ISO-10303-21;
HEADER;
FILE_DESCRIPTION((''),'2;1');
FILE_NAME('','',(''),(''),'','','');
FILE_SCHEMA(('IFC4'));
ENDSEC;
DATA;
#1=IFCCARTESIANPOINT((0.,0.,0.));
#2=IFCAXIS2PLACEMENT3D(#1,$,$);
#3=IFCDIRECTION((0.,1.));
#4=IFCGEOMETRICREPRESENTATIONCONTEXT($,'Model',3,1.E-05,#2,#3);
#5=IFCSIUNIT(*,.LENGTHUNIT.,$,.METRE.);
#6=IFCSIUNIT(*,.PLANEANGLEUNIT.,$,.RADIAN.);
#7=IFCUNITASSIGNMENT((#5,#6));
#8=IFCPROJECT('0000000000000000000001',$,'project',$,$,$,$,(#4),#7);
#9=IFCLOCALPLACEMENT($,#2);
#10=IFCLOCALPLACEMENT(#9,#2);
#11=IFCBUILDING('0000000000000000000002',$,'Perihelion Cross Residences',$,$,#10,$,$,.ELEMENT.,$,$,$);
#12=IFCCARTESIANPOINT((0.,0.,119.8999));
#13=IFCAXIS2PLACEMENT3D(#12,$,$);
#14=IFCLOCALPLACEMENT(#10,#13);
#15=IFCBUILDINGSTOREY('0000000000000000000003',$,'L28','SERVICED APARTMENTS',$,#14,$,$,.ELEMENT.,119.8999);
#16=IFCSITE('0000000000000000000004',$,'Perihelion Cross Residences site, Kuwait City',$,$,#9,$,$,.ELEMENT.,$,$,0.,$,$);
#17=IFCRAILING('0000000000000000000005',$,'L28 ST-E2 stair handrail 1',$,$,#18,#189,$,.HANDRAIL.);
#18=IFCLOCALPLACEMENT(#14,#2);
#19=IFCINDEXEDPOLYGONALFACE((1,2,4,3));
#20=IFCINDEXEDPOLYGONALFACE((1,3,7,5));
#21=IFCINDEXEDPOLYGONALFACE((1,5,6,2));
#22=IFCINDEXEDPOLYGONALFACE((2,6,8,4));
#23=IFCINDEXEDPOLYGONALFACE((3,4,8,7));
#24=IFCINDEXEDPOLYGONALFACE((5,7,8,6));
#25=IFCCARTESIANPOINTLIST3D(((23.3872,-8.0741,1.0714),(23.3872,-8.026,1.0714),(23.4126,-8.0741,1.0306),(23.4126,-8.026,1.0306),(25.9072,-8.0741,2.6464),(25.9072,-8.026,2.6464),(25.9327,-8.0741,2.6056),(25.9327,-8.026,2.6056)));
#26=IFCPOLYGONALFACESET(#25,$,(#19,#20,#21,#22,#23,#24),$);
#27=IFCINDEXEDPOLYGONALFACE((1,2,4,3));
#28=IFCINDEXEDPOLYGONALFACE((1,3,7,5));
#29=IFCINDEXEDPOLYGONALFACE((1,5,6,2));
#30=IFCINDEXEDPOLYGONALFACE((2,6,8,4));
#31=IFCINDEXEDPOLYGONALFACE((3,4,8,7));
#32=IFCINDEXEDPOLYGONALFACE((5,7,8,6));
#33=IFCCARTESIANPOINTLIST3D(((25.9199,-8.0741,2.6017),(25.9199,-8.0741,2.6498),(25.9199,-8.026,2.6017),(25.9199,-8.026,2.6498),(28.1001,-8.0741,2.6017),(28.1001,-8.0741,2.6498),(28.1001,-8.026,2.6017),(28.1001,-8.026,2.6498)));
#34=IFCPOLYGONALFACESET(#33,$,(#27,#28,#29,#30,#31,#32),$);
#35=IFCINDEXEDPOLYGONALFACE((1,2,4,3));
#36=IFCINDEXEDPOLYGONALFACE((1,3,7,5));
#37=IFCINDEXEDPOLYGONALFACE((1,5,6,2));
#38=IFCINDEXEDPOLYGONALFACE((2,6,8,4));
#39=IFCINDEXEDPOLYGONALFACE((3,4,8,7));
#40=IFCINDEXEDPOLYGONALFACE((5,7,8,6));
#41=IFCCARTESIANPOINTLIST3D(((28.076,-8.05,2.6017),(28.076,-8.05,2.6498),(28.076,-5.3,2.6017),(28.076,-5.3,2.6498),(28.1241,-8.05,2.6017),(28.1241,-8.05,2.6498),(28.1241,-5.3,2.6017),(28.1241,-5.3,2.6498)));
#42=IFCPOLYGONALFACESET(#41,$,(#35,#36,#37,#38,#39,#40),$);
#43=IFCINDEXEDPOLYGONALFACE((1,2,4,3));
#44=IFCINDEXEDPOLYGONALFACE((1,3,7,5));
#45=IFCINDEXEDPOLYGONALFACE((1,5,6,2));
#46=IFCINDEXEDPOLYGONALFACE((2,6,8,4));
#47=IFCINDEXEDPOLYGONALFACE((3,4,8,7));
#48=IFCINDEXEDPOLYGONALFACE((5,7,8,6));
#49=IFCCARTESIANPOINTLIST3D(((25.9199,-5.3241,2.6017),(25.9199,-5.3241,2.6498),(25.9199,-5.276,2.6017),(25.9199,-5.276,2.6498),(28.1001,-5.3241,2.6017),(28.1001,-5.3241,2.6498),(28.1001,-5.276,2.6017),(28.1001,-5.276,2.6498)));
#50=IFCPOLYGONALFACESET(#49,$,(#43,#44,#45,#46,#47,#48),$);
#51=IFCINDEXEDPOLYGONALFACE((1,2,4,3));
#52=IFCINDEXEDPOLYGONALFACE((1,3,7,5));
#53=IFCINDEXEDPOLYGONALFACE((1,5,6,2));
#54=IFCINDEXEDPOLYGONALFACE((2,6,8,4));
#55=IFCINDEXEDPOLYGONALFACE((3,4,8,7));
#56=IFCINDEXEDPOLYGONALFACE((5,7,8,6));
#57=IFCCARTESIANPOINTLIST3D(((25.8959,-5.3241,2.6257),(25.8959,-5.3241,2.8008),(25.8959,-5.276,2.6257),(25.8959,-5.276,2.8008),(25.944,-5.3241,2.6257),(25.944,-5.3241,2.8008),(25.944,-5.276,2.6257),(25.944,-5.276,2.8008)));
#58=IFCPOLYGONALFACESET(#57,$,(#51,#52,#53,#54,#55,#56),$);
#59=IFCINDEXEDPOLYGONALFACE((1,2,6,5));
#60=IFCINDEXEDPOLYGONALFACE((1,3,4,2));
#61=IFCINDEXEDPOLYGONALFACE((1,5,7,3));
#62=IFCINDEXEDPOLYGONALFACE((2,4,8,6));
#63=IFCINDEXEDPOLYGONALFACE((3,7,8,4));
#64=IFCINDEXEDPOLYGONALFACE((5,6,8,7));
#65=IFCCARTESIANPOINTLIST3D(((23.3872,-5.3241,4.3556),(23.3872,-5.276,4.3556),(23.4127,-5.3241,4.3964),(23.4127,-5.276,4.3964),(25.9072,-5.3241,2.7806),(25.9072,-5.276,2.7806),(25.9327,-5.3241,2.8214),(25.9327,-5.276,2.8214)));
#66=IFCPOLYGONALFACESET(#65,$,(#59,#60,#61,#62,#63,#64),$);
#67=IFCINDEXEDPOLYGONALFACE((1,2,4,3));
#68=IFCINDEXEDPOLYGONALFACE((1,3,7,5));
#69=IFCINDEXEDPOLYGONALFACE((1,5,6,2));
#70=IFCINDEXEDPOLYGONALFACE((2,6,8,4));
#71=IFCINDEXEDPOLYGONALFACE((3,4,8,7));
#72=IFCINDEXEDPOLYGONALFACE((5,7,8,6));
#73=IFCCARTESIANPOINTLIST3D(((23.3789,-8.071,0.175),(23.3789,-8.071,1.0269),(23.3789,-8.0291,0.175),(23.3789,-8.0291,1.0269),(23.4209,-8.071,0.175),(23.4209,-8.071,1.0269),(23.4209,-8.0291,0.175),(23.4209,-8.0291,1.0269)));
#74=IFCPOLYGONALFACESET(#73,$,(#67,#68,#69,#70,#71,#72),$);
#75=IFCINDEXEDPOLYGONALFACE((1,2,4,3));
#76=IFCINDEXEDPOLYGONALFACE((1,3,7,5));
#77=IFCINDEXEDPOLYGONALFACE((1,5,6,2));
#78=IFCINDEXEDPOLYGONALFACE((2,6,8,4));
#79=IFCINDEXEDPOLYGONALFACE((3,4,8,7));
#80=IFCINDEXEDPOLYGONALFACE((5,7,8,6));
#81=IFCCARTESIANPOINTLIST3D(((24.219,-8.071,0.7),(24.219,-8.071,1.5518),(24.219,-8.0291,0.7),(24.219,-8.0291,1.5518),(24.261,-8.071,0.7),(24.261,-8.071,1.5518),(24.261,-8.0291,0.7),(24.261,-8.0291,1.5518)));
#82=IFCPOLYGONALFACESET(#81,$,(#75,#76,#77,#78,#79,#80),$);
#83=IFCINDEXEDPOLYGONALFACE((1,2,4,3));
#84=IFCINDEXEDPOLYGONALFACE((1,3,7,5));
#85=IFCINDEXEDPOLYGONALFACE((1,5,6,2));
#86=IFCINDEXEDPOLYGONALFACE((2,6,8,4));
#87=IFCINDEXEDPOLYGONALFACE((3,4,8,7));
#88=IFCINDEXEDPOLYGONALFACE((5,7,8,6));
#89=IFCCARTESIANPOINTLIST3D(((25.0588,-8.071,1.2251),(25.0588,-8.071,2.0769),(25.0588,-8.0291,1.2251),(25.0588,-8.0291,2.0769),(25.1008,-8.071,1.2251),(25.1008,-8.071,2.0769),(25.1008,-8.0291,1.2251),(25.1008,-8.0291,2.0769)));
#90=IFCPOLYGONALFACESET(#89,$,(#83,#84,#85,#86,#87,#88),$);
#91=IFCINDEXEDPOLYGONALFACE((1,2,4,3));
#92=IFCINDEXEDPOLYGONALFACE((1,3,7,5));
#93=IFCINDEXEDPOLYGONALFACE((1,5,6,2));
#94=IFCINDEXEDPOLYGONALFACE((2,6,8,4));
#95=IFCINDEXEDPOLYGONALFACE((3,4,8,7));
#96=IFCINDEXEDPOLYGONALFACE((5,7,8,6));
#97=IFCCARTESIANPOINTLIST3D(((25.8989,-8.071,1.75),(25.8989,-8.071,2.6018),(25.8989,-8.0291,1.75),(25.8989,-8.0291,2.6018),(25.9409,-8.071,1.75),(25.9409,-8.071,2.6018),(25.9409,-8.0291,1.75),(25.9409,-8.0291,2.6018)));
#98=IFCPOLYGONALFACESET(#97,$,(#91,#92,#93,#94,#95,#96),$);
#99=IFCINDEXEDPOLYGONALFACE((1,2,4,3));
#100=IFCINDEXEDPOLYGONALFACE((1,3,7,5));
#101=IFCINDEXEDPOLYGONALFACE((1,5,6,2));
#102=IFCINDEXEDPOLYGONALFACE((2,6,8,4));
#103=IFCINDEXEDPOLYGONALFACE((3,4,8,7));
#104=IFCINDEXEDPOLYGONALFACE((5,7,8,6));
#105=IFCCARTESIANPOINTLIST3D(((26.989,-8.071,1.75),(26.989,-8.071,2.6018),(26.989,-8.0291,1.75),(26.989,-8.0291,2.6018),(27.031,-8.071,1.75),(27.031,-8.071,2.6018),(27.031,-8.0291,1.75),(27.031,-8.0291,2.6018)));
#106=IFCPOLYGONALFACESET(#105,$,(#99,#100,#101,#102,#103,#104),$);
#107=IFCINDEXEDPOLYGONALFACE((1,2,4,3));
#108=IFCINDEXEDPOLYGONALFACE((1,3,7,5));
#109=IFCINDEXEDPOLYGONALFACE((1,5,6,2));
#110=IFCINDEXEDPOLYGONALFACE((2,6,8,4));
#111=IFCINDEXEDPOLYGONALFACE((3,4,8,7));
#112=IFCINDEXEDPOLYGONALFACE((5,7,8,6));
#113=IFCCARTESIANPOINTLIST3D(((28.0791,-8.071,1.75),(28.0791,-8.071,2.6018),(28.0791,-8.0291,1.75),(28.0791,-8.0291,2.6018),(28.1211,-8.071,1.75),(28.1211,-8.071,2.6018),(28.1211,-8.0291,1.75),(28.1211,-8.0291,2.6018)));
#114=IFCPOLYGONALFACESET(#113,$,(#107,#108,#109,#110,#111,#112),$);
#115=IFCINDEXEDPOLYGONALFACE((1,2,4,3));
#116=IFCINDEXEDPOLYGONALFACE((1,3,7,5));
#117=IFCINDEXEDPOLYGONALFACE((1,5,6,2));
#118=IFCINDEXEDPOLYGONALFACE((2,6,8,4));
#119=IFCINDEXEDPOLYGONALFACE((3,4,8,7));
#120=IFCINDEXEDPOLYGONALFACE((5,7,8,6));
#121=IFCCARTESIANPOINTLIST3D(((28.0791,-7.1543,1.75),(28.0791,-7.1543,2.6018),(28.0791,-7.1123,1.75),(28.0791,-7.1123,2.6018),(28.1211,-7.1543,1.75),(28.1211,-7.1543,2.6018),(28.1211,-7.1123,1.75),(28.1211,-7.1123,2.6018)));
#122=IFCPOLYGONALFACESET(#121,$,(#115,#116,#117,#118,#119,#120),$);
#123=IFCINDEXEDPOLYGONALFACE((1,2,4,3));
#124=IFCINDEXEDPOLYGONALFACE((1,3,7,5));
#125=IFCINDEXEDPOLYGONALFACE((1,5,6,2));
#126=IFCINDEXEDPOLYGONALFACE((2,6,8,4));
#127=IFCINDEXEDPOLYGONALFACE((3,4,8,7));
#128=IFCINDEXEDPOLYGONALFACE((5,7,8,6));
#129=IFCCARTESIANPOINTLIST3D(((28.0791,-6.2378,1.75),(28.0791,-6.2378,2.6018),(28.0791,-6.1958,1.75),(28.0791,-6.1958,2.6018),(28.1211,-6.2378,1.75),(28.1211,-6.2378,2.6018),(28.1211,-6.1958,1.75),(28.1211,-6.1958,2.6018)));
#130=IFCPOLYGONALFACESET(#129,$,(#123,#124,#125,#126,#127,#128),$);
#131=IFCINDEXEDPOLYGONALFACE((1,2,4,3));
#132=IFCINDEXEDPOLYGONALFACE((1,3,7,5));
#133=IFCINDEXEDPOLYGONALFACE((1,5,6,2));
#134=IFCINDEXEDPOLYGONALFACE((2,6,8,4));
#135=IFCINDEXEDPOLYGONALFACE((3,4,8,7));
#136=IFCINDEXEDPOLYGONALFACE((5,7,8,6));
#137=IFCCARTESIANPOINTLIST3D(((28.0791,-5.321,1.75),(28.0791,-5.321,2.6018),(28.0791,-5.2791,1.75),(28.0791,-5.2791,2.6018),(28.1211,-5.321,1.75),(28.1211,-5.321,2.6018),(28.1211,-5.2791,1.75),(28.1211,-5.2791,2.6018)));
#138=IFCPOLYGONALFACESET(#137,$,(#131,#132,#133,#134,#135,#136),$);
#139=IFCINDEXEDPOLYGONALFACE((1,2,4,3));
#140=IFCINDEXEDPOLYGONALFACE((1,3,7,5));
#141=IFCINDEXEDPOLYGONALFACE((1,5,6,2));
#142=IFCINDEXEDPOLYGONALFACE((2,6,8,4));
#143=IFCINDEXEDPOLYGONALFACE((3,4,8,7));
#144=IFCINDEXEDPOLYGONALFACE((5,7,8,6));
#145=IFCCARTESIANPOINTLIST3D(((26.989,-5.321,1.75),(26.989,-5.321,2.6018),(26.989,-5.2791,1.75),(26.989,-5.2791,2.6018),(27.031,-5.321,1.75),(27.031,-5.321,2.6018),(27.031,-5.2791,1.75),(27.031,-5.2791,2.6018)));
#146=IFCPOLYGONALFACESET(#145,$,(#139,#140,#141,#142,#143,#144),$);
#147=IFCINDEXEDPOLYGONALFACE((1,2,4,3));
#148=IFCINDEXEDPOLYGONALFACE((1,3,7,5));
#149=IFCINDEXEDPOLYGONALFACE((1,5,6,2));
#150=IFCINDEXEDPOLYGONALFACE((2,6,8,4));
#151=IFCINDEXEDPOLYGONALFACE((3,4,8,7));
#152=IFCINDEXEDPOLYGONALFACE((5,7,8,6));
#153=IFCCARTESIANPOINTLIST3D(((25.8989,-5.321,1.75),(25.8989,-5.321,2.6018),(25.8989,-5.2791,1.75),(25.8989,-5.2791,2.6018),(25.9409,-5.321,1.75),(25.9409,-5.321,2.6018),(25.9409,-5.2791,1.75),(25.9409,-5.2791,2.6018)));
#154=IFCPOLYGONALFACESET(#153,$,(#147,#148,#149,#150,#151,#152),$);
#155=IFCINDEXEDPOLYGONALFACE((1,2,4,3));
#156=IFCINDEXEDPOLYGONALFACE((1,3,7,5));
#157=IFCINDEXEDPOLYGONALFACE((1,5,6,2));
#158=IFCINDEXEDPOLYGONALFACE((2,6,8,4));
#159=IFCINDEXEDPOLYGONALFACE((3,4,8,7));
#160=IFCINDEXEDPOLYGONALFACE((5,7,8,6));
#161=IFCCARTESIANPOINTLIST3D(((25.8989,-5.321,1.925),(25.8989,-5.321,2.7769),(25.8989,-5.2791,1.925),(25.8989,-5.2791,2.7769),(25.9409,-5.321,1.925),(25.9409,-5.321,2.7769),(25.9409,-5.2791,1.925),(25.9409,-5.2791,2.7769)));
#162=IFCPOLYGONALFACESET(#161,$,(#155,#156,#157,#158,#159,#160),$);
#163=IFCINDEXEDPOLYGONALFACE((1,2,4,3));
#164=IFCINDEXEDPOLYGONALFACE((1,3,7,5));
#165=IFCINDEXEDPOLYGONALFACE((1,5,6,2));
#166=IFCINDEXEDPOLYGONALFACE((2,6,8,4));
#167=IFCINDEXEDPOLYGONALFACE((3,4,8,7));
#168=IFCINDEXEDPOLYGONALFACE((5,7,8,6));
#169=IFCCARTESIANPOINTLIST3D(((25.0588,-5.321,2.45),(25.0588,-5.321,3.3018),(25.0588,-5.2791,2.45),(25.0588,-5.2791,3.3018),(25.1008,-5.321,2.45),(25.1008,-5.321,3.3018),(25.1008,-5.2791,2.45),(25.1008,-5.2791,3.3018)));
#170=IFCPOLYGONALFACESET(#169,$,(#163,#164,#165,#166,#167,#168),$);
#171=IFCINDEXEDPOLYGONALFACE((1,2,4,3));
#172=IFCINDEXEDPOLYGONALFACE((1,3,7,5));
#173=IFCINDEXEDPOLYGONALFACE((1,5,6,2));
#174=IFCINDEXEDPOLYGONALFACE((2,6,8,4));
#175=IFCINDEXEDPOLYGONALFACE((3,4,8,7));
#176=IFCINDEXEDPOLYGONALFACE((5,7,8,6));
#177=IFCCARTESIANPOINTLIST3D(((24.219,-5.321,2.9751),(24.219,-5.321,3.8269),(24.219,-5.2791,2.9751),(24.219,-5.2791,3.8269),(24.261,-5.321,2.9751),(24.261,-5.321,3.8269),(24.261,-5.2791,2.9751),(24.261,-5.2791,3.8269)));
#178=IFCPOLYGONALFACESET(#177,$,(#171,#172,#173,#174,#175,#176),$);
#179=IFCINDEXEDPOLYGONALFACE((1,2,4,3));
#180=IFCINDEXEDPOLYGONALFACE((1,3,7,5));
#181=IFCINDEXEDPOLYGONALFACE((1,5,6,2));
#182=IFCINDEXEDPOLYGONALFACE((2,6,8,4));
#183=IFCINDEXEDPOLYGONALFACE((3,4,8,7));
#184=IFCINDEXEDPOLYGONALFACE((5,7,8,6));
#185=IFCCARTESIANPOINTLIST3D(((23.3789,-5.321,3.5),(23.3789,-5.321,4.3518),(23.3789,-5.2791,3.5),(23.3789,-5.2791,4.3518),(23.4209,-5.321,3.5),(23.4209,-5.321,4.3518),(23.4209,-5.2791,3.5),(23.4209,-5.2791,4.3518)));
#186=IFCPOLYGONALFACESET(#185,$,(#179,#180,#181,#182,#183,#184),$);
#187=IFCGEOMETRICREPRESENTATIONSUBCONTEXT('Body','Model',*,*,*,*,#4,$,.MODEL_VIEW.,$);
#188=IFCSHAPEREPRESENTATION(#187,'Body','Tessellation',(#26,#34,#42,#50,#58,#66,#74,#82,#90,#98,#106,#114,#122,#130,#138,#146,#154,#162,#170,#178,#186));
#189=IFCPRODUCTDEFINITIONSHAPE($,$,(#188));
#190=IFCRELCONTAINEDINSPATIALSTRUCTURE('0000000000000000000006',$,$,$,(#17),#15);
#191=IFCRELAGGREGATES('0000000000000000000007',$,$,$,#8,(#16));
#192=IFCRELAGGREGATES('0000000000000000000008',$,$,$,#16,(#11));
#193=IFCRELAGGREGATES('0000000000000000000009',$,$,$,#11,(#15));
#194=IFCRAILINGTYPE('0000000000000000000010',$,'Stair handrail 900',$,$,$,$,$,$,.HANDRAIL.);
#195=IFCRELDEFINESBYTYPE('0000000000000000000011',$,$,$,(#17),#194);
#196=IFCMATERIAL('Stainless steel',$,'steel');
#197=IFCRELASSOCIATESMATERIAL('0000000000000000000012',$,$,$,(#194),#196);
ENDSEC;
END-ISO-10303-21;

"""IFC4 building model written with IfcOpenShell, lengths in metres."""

from ifc_helpers import new_model, si_unit, direction, frame, origin, origin_2d, place, context, subcontext, project, spatial, rectangle, extrude, material, type_object, element, save


model = new_model("IFC4")

# Units and contexts
model_context = context("Model", 3, precision=1e-05, world=origin(), true_north=direction((0.0, 1.0)))
body_context = subcontext(model_context, "Body", "Model", "MODEL_VIEW")
ifc_project = project(units=[si_unit("LENGTHUNIT", "METRE"), si_unit("PLANEANGLEUNIT", "RADIAN")], contexts=[model_context])

# Site, building, storey
site_placement = place(None, origin())
site = spatial("IfcSite", under=ifc_project, at=site_placement, Name="Perihelion Cross Residences site, Kuwait City", CompositionType="ELEMENT", RefElevation=0.0)
building_placement = place(site_placement, origin())
building = spatial("IfcBuilding", under=site, at=building_placement, Name="Perihelion Cross Residences", CompositionType="ELEMENT")
storey_placement = place(building_placement, frame((0.0, 0.0, 119.8999)))
storey = spatial("IfcBuildingStorey", under=building, at=storey_placement, Name="L28", Description="SERVICED APARTMENTS", CompositionType="ELEMENT", Elevation=119.8999)

# Railing
ifc_material_1 = material(Name="Stainless steel", Category="steel")
railing_type_1 = type_object("IfcRailingType", Name="Stair handrail 900", PredefinedType="HANDRAIL", material=ifc_material_1)
railing_1_placement = place(storey_placement, frame((23.3999, -8.05, 0.175)))
element("IfcRailing", 1, at=railing_1_placement, inside=storey, type_object=railing_type_1, Name="L28 ST-E2 stair handrail 1", PredefinedType="HANDRAIL", context=body_context, shape_type="SweptSolid", body=[
    extrude(rectangle(XDim=0.0481, YDim=0.0481, at=origin_2d()), frame((0.0, 0.0, 0.876), z_axis=(0.848008, 0.0, 0.529984), x_axis=(0.0, 1.0, 0.0)), (0.0, 0.0, 1.0), 2.9717),
    extrude(rectangle(XDim=0.0481, YDim=0.0481, at=origin_2d()), frame((2.52, 0.0, 2.4507), z_axis=(1.0, 0.0, 0.0), x_axis=(0.0, 1.0, 0.0)), (0.0, 0.0, 1.0), 2.1802),
    extrude(rectangle(XDim=0.0481, YDim=0.0481, at=origin_2d()), frame((4.7002, 0.0, 2.4507), z_axis=(0.0, 1.0, 0.0), x_axis=(-1.0, 0.0, 0.0)), (0.0, 0.0, 1.0), 2.75),
    extrude(rectangle(XDim=0.0481, YDim=0.0481, at=origin_2d()), frame((4.7002, 2.75, 2.4507), z_axis=(-1.0, 0.0, 0.0), x_axis=(0.0, -1.0, 0.0)), (0.0, 0.0, 1.0), 2.1802),
    extrude(rectangle(XDim=0.0481, YDim=0.0481, at=origin_2d()), frame((2.52, 2.75, 2.4507), z_axis=(0.0, 0.0, 1.0), x_axis=(1.0, 0.0, 0.0)), (0.0, 0.0, 1.0), 0.175),
    extrude(rectangle(XDim=0.0481, YDim=0.0481, at=origin_2d()), frame((2.52, 2.75, 2.626), z_axis=(-0.848008, 0.0, 0.529984), x_axis=(0.0, -1.0, 0.0)), (0.0, 0.0, 1.0), 2.9717),
    extrude(rectangle(XDim=0.042, YDim=0.042, at=origin_2d()), origin(), (0.0, 0.0, 1.0), 0.8518),
    extrude(rectangle(XDim=0.042, YDim=0.042, at=origin_2d()), frame((0.8401, 0.0, 0.5249)), (0.0, 0.0, 1.0), 0.8518),
    extrude(rectangle(XDim=0.042, YDim=0.042, at=origin_2d()), frame((1.6799, 0.0, 1.05)), (0.0, 0.0, 1.0), 0.8518),
    extrude(rectangle(XDim=0.042, YDim=0.042, at=origin_2d()), frame((2.52, 0.0, 1.575)), (0.0, 0.0, 1.0), 0.8518),
    extrude(rectangle(XDim=0.042, YDim=0.042, at=origin_2d()), frame((3.6101, 0.0, 1.575)), (0.0, 0.0, 1.0), 0.8518),
    extrude(rectangle(XDim=0.042, YDim=0.042, at=origin_2d()), frame((4.7002, 0.0, 1.575)), (0.0, 0.0, 1.0), 0.8518),
    extrude(rectangle(XDim=0.042, YDim=0.042, at=origin_2d()), frame((4.7002, 0.9167, 1.575)), (0.0, 0.0, 1.0), 0.8518),
    extrude(rectangle(XDim=0.042, YDim=0.042, at=origin_2d()), frame((4.7002, 1.8333, 1.575)), (0.0, 0.0, 1.0), 0.8518),
    extrude(rectangle(XDim=0.042, YDim=0.042, at=origin_2d()), frame((4.7002, 2.75, 1.575)), (0.0, 0.0, 1.0), 0.8518),
    extrude(rectangle(XDim=0.042, YDim=0.042, at=origin_2d()), frame((3.6101, 2.75, 1.575)), (0.0, 0.0, 1.0), 0.8518),
    extrude(rectangle(XDim=0.042, YDim=0.042, at=origin_2d()), frame((2.52, 2.75, 1.575)), (0.0, 0.0, 1.0), 0.8518),
    extrude(rectangle(XDim=0.042, YDim=0.042, at=origin_2d()), frame((2.52, 2.75, 1.75)), (0.0, 0.0, 1.0), 0.8518),
    extrude(rectangle(XDim=0.042, YDim=0.042, at=origin_2d()), frame((1.6799, 2.75, 2.2749)), (0.0, 0.0, 1.0), 0.8518),
    extrude(rectangle(XDim=0.042, YDim=0.042, at=origin_2d()), frame((0.8401, 2.75, 2.8)), (0.0, 0.0, 1.0), 0.8518),
    extrude(rectangle(XDim=0.042, YDim=0.042, at=origin_2d()), frame((0.0, 2.75, 3.325)), (0.0, 0.0, 1.0), 0.8518),
])

save(model, "model.ifc")
